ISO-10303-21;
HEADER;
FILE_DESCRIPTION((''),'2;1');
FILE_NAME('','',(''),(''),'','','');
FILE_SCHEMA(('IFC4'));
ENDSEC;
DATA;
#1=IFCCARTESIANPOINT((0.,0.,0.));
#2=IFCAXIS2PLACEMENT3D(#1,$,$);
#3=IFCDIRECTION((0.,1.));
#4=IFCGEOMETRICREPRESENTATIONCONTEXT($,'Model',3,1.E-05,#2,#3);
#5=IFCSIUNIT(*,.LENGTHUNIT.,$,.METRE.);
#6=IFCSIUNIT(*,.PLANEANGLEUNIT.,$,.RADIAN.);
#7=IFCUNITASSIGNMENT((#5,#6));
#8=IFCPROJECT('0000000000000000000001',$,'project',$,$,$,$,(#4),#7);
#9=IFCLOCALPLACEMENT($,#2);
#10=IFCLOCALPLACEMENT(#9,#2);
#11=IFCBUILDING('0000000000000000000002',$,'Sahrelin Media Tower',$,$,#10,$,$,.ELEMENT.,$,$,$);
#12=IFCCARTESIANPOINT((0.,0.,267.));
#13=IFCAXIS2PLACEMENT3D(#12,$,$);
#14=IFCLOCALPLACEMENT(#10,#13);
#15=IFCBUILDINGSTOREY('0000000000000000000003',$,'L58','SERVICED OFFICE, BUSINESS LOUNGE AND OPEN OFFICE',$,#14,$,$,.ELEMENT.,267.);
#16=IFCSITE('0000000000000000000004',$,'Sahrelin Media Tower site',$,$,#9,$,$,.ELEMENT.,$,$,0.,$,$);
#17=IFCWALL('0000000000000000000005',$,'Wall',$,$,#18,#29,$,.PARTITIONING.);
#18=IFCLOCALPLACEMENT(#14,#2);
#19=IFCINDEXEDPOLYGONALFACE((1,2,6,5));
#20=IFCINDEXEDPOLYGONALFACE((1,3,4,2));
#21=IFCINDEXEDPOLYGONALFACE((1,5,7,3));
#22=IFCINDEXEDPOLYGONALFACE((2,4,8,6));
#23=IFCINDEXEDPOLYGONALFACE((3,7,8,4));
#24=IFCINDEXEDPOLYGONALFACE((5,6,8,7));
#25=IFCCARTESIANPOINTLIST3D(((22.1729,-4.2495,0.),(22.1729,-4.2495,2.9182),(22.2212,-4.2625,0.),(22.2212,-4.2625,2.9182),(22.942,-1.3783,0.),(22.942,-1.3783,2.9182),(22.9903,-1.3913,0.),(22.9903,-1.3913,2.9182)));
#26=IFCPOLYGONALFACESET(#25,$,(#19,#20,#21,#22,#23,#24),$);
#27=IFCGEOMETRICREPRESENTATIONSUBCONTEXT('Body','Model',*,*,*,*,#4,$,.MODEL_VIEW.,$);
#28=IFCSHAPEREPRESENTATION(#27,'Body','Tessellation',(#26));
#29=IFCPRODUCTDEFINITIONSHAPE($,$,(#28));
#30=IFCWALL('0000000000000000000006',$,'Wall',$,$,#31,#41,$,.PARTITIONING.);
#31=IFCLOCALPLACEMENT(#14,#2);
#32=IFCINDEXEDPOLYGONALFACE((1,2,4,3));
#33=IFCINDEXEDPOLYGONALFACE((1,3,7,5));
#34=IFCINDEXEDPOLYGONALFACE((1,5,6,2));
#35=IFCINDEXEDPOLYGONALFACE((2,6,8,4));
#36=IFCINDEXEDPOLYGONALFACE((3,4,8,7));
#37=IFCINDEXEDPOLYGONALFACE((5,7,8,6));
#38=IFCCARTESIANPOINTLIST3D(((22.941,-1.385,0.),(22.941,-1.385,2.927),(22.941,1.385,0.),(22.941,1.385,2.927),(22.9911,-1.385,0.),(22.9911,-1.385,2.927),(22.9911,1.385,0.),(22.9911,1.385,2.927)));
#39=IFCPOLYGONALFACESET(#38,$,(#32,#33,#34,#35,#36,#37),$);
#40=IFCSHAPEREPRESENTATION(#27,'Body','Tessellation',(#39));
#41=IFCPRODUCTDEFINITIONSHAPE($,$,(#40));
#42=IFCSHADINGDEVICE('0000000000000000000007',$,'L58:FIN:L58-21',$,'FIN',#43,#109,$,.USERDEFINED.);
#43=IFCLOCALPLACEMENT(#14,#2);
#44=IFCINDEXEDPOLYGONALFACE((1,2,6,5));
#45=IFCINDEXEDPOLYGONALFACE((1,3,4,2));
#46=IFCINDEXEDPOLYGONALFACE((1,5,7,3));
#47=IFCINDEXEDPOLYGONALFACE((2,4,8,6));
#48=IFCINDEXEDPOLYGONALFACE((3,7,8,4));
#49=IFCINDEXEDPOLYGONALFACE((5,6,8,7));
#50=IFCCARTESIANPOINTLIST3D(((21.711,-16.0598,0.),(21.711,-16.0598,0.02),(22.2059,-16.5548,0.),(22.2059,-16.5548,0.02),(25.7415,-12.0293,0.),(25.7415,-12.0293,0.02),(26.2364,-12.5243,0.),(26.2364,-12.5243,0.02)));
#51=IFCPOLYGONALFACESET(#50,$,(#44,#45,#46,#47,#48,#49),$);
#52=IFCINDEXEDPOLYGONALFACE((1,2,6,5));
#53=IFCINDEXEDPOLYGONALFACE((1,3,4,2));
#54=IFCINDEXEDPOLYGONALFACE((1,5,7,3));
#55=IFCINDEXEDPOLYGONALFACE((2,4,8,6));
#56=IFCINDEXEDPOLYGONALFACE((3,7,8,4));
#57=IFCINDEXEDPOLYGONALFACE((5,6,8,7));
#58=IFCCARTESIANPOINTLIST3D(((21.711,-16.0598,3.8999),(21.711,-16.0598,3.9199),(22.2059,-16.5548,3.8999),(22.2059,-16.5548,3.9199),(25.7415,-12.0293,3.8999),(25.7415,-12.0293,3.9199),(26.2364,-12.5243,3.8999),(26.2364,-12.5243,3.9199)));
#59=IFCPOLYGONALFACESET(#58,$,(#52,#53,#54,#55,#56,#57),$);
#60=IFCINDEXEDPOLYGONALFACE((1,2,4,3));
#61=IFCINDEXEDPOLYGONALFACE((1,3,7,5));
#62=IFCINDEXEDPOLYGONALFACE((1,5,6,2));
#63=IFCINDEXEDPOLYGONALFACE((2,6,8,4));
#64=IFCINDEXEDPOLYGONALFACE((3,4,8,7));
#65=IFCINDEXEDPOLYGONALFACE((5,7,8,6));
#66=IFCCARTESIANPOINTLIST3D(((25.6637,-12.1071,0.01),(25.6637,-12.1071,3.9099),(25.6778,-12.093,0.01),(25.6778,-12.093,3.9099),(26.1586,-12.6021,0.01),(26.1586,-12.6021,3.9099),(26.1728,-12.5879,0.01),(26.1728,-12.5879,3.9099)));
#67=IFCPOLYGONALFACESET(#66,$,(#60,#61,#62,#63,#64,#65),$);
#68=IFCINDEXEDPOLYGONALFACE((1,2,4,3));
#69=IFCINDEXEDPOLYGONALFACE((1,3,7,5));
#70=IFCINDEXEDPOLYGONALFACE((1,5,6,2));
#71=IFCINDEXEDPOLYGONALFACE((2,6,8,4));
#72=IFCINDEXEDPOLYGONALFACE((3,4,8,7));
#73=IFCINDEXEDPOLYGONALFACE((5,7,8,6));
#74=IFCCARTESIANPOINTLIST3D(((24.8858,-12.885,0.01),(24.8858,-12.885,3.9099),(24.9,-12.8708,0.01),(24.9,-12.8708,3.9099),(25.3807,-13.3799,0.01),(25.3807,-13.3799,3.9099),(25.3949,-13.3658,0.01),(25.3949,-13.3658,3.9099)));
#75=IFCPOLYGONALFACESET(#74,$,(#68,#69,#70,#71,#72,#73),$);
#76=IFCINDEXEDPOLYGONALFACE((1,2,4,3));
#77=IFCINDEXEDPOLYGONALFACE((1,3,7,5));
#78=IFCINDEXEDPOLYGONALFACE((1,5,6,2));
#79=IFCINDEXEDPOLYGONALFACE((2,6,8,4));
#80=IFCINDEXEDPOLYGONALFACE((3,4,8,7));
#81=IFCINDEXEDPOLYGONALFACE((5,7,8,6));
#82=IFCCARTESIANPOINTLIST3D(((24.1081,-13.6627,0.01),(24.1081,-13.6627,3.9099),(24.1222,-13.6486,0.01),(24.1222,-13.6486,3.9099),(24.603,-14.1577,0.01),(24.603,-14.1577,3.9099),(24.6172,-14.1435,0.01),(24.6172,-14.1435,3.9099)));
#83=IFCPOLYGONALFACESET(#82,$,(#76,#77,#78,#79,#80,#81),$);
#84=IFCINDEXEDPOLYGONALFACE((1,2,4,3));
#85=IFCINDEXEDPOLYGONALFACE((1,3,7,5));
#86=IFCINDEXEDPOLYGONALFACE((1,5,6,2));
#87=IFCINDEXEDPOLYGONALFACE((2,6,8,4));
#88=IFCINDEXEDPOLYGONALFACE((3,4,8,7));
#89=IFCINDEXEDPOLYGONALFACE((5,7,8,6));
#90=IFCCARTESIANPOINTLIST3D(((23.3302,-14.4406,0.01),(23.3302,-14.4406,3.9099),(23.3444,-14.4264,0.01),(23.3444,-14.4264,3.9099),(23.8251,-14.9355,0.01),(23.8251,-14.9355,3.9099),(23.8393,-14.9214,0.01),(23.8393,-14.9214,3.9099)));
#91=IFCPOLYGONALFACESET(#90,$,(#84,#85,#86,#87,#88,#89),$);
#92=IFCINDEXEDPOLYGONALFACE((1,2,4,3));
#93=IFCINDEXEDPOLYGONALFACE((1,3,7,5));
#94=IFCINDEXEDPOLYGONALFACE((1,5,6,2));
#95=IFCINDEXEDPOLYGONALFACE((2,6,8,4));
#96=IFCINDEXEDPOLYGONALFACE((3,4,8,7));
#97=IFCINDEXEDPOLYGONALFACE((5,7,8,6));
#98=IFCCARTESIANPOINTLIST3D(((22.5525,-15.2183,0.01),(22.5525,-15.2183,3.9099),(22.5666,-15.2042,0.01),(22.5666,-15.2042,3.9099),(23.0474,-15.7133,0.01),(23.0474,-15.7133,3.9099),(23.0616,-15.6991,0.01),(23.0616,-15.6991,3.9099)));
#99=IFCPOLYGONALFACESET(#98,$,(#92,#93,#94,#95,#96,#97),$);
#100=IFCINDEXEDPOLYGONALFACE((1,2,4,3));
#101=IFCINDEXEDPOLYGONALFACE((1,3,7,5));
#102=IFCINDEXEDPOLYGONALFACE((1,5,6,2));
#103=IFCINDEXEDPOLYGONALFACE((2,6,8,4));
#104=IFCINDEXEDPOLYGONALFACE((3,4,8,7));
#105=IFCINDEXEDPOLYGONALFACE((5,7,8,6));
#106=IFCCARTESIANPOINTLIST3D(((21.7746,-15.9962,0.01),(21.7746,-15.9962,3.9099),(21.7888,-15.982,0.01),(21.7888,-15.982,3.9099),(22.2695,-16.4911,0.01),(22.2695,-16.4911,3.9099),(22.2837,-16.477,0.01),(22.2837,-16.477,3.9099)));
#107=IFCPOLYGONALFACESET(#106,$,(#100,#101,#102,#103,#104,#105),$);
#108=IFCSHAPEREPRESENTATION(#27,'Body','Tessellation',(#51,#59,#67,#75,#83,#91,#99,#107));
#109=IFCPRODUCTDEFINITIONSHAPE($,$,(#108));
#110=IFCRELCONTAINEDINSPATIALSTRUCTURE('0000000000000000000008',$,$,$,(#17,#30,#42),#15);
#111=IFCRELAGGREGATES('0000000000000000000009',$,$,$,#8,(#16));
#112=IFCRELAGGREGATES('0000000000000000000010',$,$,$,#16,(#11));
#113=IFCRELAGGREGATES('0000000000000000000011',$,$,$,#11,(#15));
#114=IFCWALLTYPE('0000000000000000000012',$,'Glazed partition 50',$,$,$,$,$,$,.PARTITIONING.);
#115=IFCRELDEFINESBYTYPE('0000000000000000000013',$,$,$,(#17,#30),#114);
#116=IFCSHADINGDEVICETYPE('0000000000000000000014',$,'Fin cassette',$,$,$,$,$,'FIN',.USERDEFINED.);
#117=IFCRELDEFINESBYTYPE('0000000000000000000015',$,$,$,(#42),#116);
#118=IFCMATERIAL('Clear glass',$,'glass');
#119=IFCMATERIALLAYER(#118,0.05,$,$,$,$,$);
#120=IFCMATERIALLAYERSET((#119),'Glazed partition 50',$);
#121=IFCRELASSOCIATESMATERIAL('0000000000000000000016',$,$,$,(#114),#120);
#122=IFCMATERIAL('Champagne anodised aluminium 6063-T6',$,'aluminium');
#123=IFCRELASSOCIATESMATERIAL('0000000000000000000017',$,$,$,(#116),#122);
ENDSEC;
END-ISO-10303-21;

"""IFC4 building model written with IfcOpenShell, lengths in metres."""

from ifc_helpers import new_model, si_unit, direction, frame, frame_2d, origin, origin_2d, place, context, subcontext, project, spatial, rectangle, extrude, material, layer, layer_set, type_object, element, save


model = new_model("IFC4")

# Units and contexts
model_context = context("Model", 3, precision=1e-05, world=origin(), true_north=direction((0.0, 1.0)))
body_context = subcontext(model_context, "Body", "Model", "MODEL_VIEW")
ifc_project = project(units=[si_unit("LENGTHUNIT", "METRE"), si_unit("PLANEANGLEUNIT", "RADIAN")], contexts=[model_context])

# Site, building, storey
site_placement = place(None, origin())
site = spatial("IfcSite", under=ifc_project, at=site_placement, Name="Sahrelin Media Tower site", CompositionType="ELEMENT", RefElevation=0.0)
building_placement = place(site_placement, origin())
building = spatial("IfcBuilding", under=site, at=building_placement, Name="Sahrelin Media Tower", CompositionType="ELEMENT")
storey_placement = place(building_placement, frame((0.0, 0.0, 267.0)))
storey = spatial("IfcBuildingStorey", under=building, at=storey_placement, Name="L58", Description="SERVICED OFFICE, BUSINESS LOUNGE AND OPEN OFFICE", CompositionType="ELEMENT", Elevation=267.0)

# Shared definitions
ifc_material_1 = material(Name="Champagne anodised aluminium 6063-T6", Category="aluminium")

# Walls
ifc_material_2 = material(Name="Clear glass", Category="glass")
ifc_layer_1 = layer(ifc_material_2, 0.05)
ifc_layer_set_1 = layer_set([ifc_layer_1], Name="Glazed partition 50")
wall_type = type_object("IfcWallType", Name="Glazed partition 50", PredefinedType="PARTITIONING", material=ifc_layer_set_1)
wall_1_placement = place(storey_placement, frame((22.197, -4.2561, 0.0), z_axis=(0.0, 0.0, 1.0), x_axis=(0.258736, 0.965948, 0.0)))
element("IfcWall", 1, at=wall_1_placement, inside=storey, type_object=wall_type, Name="Wall", PredefinedType="PARTITIONING", context=body_context, shape_type="SweptSolid", body=[
    extrude(rectangle(XDim=2.9724, YDim=0.05, at=frame_2d((1.4863, 0.0))), origin(), (0.0, 0.0, 1.0), 2.9182),
])
wall_2_placement = place(storey_placement, frame((22.9661, -1.385, 0.0), z_axis=(0.0, 0.0, 1.0), x_axis=(0.0, 1.0, 0.0)))
element("IfcWall", 2, at=wall_2_placement, inside=storey, type_object=wall_type, Name="Wall", PredefinedType="PARTITIONING", context=body_context, shape_type="SweptSolid", body=[
    extrude(rectangle(XDim=2.77, YDim=0.05, at=frame_2d((1.385, 0.0))), origin(), (0.0, 0.0, 1.0), 2.927),
])

# Shading device
shading_device_type_1 = type_object("IfcShadingDeviceType", Name="Fin cassette", ElementType="FIN", PredefinedType="USERDEFINED", material=ifc_material_1)
placement = place(storey_placement, frame((23.6768, -13.9951, 0.0), z_axis=(0.0, 0.0, 1.0), x_axis=(-0.707107, -0.707107, 0.0)))
element("IfcShadingDevice", 3, at=placement, inside=storey, type_object=shading_device_type_1, Name="L58:FIN:L58-21", ObjectType="FIN", PredefinedType="USERDEFINED", context=body_context, shape_type="SweptSolid", body=[
    extrude(rectangle(XDim=5.7, YDim=0.7, at=origin_2d()), frame((0.0, 0.4199, 0.0)), (0.0, 0.0, 1.0), 0.02),
    extrude(rectangle(XDim=5.7, YDim=0.7, at=origin_2d()), frame((0.0, 0.4199, 3.8999)), (0.0, 0.0, 1.0), 0.02),
    extrude(rectangle(XDim=0.02, YDim=0.7, at=origin_2d()), frame((-2.75, 0.4199, 0.01), z_axis=(0.0, 0.0, 1.0), x_axis=(1.0, 0.0, 0.0)), (0.0, 0.0, 1.0), 3.8999),
    extrude(rectangle(XDim=0.02, YDim=0.7, at=origin_2d()), frame((-1.6499, 0.4199, 0.01), z_axis=(0.0, 0.0, 1.0), x_axis=(1.0, 0.0, 0.0)), (0.0, 0.0, 1.0), 3.8999),
    extrude(rectangle(XDim=0.02, YDim=0.7, at=origin_2d()), frame((-0.55, 0.4199, 0.01), z_axis=(0.0, 0.0, 1.0), x_axis=(1.0, 0.0, 0.0)), (0.0, 0.0, 1.0), 3.8999),
    extrude(rectangle(XDim=0.02, YDim=0.7, at=origin_2d()), frame((0.55, 0.4199, 0.01), z_axis=(0.0, 0.0, 1.0), x_axis=(1.0, 0.0, 0.0)), (0.0, 0.0, 1.0), 3.8999),
    extrude(rectangle(XDim=0.02, YDim=0.7, at=origin_2d()), frame((1.6499, 0.4199, 0.01), z_axis=(0.0, 0.0, 1.0), x_axis=(1.0, 0.0, 0.0)), (0.0, 0.0, 1.0), 3.8999),
    extrude(rectangle(XDim=0.02, YDim=0.7, at=origin_2d()), frame((2.75, 0.4199, 0.01), z_axis=(0.0, 0.0, 1.0), x_axis=(1.0, 0.0, 0.0)), (0.0, 0.0, 1.0), 3.8999),
])

save(model, "model.ifc")
